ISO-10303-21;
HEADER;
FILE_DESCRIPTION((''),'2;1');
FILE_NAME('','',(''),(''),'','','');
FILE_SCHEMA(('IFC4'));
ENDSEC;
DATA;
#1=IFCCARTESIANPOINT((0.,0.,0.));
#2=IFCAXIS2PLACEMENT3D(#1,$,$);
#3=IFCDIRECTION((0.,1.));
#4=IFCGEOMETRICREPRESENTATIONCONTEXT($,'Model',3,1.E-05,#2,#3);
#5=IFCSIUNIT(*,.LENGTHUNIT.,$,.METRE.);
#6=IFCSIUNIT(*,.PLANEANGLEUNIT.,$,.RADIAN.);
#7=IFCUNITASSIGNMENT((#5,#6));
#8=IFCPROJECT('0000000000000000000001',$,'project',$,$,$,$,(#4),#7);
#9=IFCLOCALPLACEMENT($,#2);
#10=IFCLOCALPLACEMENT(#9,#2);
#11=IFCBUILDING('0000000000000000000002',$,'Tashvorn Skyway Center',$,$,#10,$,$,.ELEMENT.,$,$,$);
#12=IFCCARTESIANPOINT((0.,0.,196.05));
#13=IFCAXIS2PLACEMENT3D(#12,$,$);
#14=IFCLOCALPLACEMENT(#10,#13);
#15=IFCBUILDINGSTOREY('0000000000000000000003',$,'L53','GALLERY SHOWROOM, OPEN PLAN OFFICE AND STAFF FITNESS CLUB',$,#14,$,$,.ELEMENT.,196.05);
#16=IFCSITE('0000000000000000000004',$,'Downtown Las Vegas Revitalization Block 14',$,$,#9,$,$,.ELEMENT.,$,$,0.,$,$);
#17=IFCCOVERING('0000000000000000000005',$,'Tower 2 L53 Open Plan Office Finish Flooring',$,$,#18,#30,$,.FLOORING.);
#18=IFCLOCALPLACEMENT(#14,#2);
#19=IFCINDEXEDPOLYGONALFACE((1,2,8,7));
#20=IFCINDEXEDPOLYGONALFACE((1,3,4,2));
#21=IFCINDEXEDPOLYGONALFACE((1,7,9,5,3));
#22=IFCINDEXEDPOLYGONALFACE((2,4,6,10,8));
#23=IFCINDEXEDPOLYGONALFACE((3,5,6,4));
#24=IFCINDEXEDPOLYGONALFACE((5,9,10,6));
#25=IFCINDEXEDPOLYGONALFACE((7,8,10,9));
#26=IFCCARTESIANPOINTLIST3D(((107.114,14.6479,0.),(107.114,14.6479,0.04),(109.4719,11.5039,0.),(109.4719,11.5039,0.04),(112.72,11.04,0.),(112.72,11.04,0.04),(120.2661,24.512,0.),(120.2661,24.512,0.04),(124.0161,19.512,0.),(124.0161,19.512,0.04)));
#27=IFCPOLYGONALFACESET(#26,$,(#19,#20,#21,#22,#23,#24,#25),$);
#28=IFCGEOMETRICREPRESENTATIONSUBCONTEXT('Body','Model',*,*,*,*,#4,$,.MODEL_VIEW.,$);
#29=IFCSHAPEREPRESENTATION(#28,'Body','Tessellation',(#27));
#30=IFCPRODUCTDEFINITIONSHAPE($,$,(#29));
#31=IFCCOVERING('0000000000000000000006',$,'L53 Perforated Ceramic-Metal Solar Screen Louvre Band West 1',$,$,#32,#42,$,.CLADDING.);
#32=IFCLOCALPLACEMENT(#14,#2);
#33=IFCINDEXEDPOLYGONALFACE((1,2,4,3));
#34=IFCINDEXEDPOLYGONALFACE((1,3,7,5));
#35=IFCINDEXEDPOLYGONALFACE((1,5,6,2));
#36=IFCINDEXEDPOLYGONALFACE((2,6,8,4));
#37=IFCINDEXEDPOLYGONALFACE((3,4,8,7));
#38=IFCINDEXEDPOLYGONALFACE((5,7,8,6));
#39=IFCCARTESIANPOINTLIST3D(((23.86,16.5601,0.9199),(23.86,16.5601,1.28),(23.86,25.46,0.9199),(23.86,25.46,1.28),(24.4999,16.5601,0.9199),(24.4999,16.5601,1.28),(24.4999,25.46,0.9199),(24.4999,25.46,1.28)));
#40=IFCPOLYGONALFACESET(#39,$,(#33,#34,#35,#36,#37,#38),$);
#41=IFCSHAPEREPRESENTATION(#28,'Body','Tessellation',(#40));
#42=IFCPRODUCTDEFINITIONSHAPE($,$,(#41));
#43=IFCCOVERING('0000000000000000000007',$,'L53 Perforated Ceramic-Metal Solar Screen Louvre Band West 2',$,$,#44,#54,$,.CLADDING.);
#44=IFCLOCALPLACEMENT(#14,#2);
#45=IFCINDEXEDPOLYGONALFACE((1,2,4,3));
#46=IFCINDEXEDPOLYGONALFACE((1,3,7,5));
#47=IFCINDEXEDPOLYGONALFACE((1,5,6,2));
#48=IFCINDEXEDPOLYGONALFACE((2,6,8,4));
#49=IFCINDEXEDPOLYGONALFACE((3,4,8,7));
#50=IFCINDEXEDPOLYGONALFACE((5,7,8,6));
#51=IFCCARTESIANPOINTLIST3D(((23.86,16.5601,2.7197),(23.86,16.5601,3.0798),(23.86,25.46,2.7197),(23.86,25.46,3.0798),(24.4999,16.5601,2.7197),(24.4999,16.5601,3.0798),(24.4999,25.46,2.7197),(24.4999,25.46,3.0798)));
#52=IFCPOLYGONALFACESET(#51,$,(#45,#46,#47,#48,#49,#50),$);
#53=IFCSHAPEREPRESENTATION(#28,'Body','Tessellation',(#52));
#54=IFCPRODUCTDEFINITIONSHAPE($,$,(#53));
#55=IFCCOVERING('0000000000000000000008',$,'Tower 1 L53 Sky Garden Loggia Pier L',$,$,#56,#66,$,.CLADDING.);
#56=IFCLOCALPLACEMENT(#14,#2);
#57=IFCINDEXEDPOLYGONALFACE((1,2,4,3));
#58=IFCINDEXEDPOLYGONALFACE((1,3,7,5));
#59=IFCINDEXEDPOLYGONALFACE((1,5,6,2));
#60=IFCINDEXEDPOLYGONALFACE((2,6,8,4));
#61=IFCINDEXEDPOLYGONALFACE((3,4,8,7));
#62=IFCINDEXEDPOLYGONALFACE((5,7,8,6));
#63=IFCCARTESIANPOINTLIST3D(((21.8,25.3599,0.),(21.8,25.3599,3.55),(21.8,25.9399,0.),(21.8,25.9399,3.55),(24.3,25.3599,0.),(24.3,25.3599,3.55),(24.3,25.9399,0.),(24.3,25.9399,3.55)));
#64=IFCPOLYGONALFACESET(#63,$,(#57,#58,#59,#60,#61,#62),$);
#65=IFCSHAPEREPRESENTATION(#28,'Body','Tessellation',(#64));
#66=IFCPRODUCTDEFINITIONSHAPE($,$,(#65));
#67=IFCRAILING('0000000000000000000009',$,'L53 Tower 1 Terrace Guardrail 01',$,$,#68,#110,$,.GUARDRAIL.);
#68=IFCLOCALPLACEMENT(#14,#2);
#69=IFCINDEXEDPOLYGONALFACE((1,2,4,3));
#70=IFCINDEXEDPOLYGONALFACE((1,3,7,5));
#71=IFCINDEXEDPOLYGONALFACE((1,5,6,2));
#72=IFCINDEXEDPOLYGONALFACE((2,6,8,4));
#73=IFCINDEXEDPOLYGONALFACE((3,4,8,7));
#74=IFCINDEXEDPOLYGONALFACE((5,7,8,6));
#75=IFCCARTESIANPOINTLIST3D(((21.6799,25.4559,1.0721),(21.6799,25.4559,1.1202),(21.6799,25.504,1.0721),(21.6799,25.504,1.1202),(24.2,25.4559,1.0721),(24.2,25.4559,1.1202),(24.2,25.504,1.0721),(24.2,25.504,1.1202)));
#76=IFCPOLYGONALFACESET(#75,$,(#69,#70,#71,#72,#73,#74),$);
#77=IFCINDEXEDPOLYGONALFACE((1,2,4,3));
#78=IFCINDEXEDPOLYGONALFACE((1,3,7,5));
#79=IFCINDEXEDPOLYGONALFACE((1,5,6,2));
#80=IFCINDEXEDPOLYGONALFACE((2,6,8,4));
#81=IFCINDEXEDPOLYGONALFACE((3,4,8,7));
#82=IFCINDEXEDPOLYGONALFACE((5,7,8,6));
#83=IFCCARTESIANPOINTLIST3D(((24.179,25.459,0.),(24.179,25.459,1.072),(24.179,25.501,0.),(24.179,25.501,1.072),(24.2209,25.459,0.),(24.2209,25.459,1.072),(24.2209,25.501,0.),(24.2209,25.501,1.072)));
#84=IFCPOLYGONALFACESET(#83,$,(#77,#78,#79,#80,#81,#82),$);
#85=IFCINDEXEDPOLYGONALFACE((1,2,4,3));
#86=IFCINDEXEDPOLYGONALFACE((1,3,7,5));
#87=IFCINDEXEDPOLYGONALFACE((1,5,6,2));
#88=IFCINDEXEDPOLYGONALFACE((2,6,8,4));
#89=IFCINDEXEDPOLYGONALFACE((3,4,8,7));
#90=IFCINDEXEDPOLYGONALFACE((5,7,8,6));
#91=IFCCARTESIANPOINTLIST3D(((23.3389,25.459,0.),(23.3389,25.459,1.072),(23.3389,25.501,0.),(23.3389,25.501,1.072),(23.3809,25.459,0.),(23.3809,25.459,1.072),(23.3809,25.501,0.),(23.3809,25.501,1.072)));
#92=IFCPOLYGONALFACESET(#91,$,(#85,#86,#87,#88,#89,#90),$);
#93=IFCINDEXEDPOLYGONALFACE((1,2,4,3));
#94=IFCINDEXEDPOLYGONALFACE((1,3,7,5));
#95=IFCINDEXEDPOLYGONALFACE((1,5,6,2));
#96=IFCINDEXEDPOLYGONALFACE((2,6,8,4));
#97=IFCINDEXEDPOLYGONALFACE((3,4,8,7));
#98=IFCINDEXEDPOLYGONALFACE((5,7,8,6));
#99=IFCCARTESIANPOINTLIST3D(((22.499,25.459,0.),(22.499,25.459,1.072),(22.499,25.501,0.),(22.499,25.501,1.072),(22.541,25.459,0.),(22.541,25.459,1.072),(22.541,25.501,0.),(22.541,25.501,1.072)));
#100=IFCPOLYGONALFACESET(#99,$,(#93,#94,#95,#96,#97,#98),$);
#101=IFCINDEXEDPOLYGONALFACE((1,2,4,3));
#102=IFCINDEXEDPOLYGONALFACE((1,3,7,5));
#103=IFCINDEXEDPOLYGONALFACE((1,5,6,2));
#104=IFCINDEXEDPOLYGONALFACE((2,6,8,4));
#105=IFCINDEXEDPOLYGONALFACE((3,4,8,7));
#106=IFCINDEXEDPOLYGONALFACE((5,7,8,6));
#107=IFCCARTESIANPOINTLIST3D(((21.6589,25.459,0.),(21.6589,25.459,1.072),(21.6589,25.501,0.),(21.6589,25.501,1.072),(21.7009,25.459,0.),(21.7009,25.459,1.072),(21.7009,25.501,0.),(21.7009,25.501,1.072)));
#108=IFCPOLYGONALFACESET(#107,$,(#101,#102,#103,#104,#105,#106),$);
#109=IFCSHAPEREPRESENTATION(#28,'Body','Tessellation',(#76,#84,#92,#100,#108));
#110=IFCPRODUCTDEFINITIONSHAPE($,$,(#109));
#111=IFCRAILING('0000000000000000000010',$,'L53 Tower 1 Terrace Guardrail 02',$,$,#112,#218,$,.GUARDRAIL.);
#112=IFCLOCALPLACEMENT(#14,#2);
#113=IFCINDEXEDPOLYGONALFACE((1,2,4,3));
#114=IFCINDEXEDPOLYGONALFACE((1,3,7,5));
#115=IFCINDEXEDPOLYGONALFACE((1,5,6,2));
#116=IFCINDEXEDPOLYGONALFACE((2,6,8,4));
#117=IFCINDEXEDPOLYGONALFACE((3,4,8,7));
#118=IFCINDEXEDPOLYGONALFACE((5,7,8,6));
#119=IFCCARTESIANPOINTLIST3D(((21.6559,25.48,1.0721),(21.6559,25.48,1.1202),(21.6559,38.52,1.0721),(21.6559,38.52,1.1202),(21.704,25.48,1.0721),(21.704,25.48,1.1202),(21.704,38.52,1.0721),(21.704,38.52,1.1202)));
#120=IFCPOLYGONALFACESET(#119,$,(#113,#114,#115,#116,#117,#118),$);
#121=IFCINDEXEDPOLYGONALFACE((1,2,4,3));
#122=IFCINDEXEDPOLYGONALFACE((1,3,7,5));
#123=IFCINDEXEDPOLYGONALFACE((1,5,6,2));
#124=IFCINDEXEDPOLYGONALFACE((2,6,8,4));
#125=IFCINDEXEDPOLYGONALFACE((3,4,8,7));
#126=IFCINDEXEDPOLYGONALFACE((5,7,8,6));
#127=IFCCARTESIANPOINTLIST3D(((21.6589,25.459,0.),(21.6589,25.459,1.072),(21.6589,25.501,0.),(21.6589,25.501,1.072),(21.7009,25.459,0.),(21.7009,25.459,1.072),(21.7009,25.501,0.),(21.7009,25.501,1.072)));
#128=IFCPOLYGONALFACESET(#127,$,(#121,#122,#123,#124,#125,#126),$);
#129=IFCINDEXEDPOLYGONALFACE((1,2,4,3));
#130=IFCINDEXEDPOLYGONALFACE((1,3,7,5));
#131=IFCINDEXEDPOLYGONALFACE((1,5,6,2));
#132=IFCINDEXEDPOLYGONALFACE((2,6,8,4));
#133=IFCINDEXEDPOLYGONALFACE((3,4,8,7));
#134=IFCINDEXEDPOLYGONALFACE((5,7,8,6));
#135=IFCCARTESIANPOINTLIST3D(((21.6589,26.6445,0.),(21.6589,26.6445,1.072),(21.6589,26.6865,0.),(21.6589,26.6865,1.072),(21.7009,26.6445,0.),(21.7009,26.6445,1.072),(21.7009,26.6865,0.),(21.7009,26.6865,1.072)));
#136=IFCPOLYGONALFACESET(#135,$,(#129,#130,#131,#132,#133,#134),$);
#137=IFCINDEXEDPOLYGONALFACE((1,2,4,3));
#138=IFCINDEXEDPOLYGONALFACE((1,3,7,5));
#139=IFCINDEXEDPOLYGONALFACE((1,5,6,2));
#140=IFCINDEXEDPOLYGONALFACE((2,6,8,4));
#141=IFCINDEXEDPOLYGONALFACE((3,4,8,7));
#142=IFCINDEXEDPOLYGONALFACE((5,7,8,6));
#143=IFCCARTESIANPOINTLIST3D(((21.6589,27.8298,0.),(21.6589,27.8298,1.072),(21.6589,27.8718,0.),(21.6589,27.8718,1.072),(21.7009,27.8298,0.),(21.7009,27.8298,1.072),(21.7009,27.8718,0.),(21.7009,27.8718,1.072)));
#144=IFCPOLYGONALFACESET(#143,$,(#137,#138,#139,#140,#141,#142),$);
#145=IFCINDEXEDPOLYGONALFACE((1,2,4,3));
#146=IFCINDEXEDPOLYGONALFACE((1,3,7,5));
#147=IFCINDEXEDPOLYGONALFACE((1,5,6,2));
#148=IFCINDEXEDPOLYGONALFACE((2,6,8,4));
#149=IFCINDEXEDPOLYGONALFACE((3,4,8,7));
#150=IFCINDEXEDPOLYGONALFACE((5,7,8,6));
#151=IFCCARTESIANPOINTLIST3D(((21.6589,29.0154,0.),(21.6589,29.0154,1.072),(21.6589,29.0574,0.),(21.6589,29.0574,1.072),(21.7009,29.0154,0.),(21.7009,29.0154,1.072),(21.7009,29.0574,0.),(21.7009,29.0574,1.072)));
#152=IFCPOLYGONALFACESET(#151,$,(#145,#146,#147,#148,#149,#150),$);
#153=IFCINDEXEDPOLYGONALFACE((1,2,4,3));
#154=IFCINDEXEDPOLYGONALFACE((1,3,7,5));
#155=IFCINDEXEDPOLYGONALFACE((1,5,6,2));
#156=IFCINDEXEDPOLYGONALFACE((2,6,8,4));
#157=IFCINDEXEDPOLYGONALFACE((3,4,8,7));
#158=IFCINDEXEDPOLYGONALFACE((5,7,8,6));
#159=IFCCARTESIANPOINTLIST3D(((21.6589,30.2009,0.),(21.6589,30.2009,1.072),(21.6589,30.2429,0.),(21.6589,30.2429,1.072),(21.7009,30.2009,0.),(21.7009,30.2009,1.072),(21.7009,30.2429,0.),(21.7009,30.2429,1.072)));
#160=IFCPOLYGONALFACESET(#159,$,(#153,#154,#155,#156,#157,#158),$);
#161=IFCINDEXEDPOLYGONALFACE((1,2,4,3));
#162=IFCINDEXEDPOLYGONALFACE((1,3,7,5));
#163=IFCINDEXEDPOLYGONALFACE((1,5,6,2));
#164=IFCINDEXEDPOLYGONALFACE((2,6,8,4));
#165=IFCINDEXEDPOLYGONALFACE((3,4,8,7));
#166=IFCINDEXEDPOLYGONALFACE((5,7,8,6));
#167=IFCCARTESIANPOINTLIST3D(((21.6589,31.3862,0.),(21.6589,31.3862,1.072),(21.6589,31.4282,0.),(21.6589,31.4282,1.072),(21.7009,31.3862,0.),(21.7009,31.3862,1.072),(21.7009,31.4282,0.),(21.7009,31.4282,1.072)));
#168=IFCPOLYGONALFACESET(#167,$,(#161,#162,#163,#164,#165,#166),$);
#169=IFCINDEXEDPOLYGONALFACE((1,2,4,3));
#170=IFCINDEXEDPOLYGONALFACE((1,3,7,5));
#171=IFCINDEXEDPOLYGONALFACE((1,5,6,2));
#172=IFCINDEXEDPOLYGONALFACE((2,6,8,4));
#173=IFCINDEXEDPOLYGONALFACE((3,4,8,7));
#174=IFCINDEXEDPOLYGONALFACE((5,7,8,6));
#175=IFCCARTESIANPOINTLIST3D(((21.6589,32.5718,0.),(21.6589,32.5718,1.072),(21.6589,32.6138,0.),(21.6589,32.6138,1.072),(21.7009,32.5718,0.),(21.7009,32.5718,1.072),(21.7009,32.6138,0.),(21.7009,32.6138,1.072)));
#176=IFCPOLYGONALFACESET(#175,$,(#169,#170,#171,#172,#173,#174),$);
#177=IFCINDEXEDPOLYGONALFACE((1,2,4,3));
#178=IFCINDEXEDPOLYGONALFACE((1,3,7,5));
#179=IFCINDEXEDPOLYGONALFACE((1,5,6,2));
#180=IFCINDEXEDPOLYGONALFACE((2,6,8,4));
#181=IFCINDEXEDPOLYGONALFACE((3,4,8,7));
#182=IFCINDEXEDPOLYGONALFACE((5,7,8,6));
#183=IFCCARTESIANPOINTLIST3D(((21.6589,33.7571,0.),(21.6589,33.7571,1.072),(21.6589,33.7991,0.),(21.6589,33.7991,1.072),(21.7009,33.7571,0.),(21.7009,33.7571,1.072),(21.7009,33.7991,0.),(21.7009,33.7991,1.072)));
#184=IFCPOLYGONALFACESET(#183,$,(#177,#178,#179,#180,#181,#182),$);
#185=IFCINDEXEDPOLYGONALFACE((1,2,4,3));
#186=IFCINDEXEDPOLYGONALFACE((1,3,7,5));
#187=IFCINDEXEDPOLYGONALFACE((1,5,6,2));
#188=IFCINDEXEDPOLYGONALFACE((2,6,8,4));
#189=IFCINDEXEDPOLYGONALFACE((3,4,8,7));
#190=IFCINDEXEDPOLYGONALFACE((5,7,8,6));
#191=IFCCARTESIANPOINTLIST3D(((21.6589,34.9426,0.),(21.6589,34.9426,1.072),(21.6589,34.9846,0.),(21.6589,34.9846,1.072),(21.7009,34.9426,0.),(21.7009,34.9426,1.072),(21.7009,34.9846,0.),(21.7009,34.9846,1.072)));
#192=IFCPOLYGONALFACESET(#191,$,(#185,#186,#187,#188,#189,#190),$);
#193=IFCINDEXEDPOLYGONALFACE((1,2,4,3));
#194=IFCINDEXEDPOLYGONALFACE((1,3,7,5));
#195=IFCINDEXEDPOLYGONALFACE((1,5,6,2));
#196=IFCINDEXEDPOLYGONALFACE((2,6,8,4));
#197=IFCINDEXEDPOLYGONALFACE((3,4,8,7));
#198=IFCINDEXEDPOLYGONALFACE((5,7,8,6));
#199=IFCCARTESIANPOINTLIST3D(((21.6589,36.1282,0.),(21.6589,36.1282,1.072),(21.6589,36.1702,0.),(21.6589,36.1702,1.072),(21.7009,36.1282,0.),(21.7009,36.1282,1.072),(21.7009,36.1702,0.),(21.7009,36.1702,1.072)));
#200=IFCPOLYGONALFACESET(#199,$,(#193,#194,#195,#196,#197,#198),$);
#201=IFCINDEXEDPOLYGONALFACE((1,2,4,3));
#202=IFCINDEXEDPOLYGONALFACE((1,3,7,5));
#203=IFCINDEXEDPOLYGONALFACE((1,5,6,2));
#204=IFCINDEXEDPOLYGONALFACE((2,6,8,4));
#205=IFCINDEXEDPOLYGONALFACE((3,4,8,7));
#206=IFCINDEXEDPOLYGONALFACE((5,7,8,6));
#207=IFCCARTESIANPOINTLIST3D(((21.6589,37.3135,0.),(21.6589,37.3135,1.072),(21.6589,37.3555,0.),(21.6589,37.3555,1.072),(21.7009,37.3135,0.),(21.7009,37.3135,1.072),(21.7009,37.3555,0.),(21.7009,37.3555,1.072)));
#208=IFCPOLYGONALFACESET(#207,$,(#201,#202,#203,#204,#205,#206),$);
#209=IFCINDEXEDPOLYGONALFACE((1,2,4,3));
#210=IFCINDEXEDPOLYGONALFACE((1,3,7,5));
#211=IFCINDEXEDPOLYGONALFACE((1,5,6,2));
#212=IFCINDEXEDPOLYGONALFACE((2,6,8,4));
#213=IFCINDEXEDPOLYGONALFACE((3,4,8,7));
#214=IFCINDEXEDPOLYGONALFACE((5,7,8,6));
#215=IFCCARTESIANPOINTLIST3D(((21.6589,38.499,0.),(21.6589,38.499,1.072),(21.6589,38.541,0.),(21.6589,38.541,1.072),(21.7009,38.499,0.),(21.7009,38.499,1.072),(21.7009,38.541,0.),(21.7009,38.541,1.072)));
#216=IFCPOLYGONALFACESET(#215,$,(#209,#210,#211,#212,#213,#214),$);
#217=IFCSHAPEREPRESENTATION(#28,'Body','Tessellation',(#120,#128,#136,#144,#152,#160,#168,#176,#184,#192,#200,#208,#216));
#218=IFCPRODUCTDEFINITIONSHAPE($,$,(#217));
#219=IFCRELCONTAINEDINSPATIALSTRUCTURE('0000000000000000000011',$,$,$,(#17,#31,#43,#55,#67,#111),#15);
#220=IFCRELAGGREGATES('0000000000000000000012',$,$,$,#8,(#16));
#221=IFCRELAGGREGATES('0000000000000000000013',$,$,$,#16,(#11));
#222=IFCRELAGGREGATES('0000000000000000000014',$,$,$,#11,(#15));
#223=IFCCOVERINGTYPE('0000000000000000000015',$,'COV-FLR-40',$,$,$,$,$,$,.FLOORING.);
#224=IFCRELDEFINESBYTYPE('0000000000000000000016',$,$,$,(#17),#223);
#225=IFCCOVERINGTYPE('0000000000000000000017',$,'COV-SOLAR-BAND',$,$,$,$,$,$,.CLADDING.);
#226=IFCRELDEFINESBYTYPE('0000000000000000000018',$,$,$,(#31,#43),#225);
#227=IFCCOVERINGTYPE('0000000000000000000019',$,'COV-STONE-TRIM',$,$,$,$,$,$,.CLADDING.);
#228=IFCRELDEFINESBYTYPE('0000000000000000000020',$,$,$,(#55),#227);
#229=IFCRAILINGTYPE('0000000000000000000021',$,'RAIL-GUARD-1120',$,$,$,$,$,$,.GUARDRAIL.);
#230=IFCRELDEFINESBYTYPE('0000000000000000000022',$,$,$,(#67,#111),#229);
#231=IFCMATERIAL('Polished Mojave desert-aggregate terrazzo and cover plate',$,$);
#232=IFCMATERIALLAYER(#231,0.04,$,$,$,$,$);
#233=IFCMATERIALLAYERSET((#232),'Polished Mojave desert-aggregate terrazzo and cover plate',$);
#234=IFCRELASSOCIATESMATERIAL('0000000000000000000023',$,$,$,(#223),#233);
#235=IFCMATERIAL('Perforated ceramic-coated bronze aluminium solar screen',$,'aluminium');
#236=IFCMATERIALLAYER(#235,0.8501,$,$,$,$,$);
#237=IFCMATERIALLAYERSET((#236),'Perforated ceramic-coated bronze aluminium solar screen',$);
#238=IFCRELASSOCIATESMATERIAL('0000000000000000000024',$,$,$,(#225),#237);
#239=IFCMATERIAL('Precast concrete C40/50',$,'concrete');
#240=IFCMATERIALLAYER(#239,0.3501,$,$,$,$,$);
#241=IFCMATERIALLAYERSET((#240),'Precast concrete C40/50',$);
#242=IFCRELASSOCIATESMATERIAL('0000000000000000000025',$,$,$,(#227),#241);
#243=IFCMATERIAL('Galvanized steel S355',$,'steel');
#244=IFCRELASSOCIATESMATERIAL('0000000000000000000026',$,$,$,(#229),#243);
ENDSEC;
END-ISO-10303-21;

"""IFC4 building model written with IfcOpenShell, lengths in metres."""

from ifc_helpers import new_model, si_unit, direction, frame, origin, origin_2d, place, context, subcontext, project, spatial, polyline, rectangle, outline, extrude, material, layer, layer_set, type_object, element, save


model = new_model("IFC4")

# Units and contexts
model_context = context("Model", 3, precision=1e-05, world=origin(), true_north=direction((0.0, 1.0)))
body_context = subcontext(model_context, "Body", "Model", "MODEL_VIEW")
ifc_project = project(units=[si_unit("LENGTHUNIT", "METRE"), si_unit("PLANEANGLEUNIT", "RADIAN")], contexts=[model_context])

# Site, building, storey
site_placement = place(None, origin())
site = spatial("IfcSite", under=ifc_project, at=site_placement, Name="Downtown Las Vegas Revitalization Block 14", CompositionType="ELEMENT", RefElevation=0.0)
building_placement = place(site_placement, origin())
building = spatial("IfcBuilding", under=site, at=building_placement, Name="Tashvorn Skyway Center", CompositionType="ELEMENT")
storey_placement = place(building_placement, frame((0.0, 0.0, 196.05)))
storey = spatial("IfcBuildingStorey", under=building, at=storey_placement, Name="L53", Description="GALLERY SHOWROOM, OPEN PLAN OFFICE AND STAFF FITNESS CLUB", CompositionType="ELEMENT", Elevation=196.05)

# Shared definitions
ifc_material_1 = material(Name="Precast concrete C40/50", Category="concrete")

# Coverings
ifc_material_2 = material(Name="Polished Mojave desert-aggregate terrazzo and cover plate")
ifc_layer_1 = layer(ifc_material_2, 0.04)
ifc_layer_set_1 = layer_set([ifc_layer_1], Name="Polished Mojave desert-aggregate terrazzo and cover plate")
covering_type_1 = type_object("IfcCoveringType", Name="COV-FLR-40", PredefinedType="FLOORING", material=ifc_layer_set_1)
covering_1_placement = place(storey_placement, origin())
element("IfcCovering", 1, at=covering_1_placement, inside=storey, type_object=covering_type_1, Name="Tower 2 L53 Open Plan Office Finish Flooring", PredefinedType="FLOORING", context=body_context, shape_type="SweptSolid", body=[
    extrude(outline(polyline([(112.72, 11.04), (109.4719, 11.5039), (107.114, 14.6479), (120.2661, 24.512), (124.0161, 19.512), (112.72, 11.04)])), origin(), (0.0, 0.0, 1.0), 0.04),
])
ifc_material_3 = material(Name="Perforated ceramic-coated bronze aluminium solar screen", Category="aluminium")
ifc_layer_2 = layer(ifc_material_3, 0.8501)
ifc_layer_set_2 = layer_set([ifc_layer_2], Name="Perforated ceramic-coated bronze aluminium solar screen")
covering_type_2 = type_object("IfcCoveringType", Name="COV-SOLAR-BAND", PredefinedType="CLADDING", material=ifc_layer_set_2)
for number, where, z_axis, x_axis, name in (
    (2, (24.1799, 21.01, 0.9199), (0.0, 0.0, 1.0), (0.0, 1.0, 0.0), "L53 Perforated Ceramic-Metal Solar Screen Louvre Band West 1"),
    (3, (24.1799, 21.01, 2.7197), (0.0, 0.0, 1.0), (0.0, 1.0, 0.0), "L53 Perforated Ceramic-Metal Solar Screen Louvre Band West 2"),
):
    element("IfcCovering", number, at=place(storey_placement, frame(where, z_axis=z_axis, x_axis=x_axis)), inside=storey, type_object=covering_type_2, Name=name, PredefinedType="CLADDING", context=body_context, shape_type="SweptSolid", body=[
        extrude(rectangle(XDim=8.8999, YDim=0.6399, at=origin_2d()), origin(), (0.0, 0.0, 1.0), 0.3601),
    ])
ifc_layer_3 = layer(ifc_material_1, 0.3501)
ifc_layer_set_3 = layer_set([ifc_layer_3], Name="Precast concrete C40/50")
covering_type_3 = type_object("IfcCoveringType", Name="COV-STONE-TRIM", PredefinedType="CLADDING", material=ifc_layer_set_3)
covering_2_placement = place(storey_placement, frame((23.05, 25.6499, 0.0), z_axis=(0.0, 0.0, 1.0), x_axis=(0.0, 1.0, 0.0)))
element("IfcCovering", 4, at=covering_2_placement, inside=storey, type_object=covering_type_3, Name="Tower 1 L53 Sky Garden Loggia Pier L", PredefinedType="CLADDING", context=body_context, shape_type="SweptSolid", body=[
    extrude(rectangle(XDim=0.5801, YDim=2.5, at=origin_2d()), origin(), (0.0, 0.0, 1.0), 3.55),
])

# Railings
ifc_material_4 = material(Name="Galvanized steel S355", Category="steel")
railing_type = type_object("IfcRailingType", Name="RAIL-GUARD-1120", PredefinedType="GUARDRAIL", material=ifc_material_4)
railing_1_placement = place(storey_placement, frame((24.2, 25.48, 0.0)))
element("IfcRailing", 5, at=railing_1_placement, inside=storey, type_object=railing_type, Name="L53 Tower 1 Terrace Guardrail 01", PredefinedType="GUARDRAIL", context=body_context, shape_type="SweptSolid", body=[
    extrude(rectangle(XDim=0.0481, YDim=0.0481, at=origin_2d()), frame((0.0, 0.0, 1.0962), z_axis=(-1.0, 0.0, 0.0), x_axis=(0.0, -1.0, 0.0)), (0.0, 0.0, 1.0), 2.52),
    extrude(rectangle(XDim=0.042, YDim=0.042, at=origin_2d()), origin(), (0.0, 0.0, 1.0), 1.072),
    extrude(rectangle(XDim=0.042, YDim=0.042, at=origin_2d()), frame((-0.8401, 0.0, 0.0)), (0.0, 0.0, 1.0), 1.072),
    extrude(rectangle(XDim=0.042, YDim=0.042, at=origin_2d()), frame((-1.6799, 0.0, 0.0)), (0.0, 0.0, 1.0), 1.072),
    extrude(rectangle(XDim=0.042, YDim=0.042, at=origin_2d()), frame((-2.52, 0.0, 0.0)), (0.0, 0.0, 1.0), 1.072),
])
railing_2_placement = place(storey_placement, frame((21.6799, 25.48, 0.0)))
element("IfcRailing", 6, at=railing_2_placement, inside=storey, type_object=railing_type, Name="L53 Tower 1 Terrace Guardrail 02", PredefinedType="GUARDRAIL", context=body_context, shape_type="SweptSolid", body=[
    extrude(rectangle(XDim=0.0481, YDim=0.0481, at=origin_2d()), frame((0.0, 0.0, 1.0962), z_axis=(0.0, 1.0, 0.0), x_axis=(-1.0, 0.0, 0.0)), (0.0, 0.0, 1.0), 13.04),
    extrude(rectangle(XDim=0.042, YDim=0.042, at=origin_2d()), origin(), (0.0, 0.0, 1.0), 1.072),
    extrude(rectangle(XDim=0.042, YDim=0.042, at=origin_2d()), frame((0.0, 1.1855, 0.0)), (0.0, 0.0, 1.0), 1.072),
    extrude(rectangle(XDim=0.042, YDim=0.042, at=origin_2d()), frame((0.0, 2.3708, 0.0)), (0.0, 0.0, 1.0), 1.072),
    extrude(rectangle(XDim=0.042, YDim=0.042, at=origin_2d()), frame((0.0, 3.5564, 0.0)), (0.0, 0.0, 1.0), 1.072),
    extrude(rectangle(XDim=0.042, YDim=0.042, at=origin_2d()), frame((0.0, 4.7419, 0.0)), (0.0, 0.0, 1.0), 1.072),
    extrude(rectangle(XDim=0.042, YDim=0.042, at=origin_2d()), frame((0.0, 5.9272, 0.0)), (0.0, 0.0, 1.0), 1.072),
    extrude(rectangle(XDim=0.042, YDim=0.042, at=origin_2d()), frame((0.0, 7.1128, 0.0)), (0.0, 0.0, 1.0), 1.072),
    extrude(rectangle(XDim=0.042, YDim=0.042, at=origin_2d()), frame((0.0, 8.2981, 0.0)), (0.0, 0.0, 1.0), 1.072),
    extrude(rectangle(XDim=0.042, YDim=0.042, at=origin_2d()), frame((0.0, 9.4836, 0.0)), (0.0, 0.0, 1.0), 1.072),
    extrude(rectangle(XDim=0.042, YDim=0.042, at=origin_2d()), frame((0.0, 10.6692, 0.0)), (0.0, 0.0, 1.0), 1.072),
    extrude(rectangle(XDim=0.042, YDim=0.042, at=origin_2d()), frame((0.0, 11.8545, 0.0)), (0.0, 0.0, 1.0), 1.072),
    extrude(rectangle(XDim=0.042, YDim=0.042, at=origin_2d()), frame((0.0, 13.04, 0.0)), (0.0, 0.0, 1.0), 1.072),
])

save(model, "model.ifc")
